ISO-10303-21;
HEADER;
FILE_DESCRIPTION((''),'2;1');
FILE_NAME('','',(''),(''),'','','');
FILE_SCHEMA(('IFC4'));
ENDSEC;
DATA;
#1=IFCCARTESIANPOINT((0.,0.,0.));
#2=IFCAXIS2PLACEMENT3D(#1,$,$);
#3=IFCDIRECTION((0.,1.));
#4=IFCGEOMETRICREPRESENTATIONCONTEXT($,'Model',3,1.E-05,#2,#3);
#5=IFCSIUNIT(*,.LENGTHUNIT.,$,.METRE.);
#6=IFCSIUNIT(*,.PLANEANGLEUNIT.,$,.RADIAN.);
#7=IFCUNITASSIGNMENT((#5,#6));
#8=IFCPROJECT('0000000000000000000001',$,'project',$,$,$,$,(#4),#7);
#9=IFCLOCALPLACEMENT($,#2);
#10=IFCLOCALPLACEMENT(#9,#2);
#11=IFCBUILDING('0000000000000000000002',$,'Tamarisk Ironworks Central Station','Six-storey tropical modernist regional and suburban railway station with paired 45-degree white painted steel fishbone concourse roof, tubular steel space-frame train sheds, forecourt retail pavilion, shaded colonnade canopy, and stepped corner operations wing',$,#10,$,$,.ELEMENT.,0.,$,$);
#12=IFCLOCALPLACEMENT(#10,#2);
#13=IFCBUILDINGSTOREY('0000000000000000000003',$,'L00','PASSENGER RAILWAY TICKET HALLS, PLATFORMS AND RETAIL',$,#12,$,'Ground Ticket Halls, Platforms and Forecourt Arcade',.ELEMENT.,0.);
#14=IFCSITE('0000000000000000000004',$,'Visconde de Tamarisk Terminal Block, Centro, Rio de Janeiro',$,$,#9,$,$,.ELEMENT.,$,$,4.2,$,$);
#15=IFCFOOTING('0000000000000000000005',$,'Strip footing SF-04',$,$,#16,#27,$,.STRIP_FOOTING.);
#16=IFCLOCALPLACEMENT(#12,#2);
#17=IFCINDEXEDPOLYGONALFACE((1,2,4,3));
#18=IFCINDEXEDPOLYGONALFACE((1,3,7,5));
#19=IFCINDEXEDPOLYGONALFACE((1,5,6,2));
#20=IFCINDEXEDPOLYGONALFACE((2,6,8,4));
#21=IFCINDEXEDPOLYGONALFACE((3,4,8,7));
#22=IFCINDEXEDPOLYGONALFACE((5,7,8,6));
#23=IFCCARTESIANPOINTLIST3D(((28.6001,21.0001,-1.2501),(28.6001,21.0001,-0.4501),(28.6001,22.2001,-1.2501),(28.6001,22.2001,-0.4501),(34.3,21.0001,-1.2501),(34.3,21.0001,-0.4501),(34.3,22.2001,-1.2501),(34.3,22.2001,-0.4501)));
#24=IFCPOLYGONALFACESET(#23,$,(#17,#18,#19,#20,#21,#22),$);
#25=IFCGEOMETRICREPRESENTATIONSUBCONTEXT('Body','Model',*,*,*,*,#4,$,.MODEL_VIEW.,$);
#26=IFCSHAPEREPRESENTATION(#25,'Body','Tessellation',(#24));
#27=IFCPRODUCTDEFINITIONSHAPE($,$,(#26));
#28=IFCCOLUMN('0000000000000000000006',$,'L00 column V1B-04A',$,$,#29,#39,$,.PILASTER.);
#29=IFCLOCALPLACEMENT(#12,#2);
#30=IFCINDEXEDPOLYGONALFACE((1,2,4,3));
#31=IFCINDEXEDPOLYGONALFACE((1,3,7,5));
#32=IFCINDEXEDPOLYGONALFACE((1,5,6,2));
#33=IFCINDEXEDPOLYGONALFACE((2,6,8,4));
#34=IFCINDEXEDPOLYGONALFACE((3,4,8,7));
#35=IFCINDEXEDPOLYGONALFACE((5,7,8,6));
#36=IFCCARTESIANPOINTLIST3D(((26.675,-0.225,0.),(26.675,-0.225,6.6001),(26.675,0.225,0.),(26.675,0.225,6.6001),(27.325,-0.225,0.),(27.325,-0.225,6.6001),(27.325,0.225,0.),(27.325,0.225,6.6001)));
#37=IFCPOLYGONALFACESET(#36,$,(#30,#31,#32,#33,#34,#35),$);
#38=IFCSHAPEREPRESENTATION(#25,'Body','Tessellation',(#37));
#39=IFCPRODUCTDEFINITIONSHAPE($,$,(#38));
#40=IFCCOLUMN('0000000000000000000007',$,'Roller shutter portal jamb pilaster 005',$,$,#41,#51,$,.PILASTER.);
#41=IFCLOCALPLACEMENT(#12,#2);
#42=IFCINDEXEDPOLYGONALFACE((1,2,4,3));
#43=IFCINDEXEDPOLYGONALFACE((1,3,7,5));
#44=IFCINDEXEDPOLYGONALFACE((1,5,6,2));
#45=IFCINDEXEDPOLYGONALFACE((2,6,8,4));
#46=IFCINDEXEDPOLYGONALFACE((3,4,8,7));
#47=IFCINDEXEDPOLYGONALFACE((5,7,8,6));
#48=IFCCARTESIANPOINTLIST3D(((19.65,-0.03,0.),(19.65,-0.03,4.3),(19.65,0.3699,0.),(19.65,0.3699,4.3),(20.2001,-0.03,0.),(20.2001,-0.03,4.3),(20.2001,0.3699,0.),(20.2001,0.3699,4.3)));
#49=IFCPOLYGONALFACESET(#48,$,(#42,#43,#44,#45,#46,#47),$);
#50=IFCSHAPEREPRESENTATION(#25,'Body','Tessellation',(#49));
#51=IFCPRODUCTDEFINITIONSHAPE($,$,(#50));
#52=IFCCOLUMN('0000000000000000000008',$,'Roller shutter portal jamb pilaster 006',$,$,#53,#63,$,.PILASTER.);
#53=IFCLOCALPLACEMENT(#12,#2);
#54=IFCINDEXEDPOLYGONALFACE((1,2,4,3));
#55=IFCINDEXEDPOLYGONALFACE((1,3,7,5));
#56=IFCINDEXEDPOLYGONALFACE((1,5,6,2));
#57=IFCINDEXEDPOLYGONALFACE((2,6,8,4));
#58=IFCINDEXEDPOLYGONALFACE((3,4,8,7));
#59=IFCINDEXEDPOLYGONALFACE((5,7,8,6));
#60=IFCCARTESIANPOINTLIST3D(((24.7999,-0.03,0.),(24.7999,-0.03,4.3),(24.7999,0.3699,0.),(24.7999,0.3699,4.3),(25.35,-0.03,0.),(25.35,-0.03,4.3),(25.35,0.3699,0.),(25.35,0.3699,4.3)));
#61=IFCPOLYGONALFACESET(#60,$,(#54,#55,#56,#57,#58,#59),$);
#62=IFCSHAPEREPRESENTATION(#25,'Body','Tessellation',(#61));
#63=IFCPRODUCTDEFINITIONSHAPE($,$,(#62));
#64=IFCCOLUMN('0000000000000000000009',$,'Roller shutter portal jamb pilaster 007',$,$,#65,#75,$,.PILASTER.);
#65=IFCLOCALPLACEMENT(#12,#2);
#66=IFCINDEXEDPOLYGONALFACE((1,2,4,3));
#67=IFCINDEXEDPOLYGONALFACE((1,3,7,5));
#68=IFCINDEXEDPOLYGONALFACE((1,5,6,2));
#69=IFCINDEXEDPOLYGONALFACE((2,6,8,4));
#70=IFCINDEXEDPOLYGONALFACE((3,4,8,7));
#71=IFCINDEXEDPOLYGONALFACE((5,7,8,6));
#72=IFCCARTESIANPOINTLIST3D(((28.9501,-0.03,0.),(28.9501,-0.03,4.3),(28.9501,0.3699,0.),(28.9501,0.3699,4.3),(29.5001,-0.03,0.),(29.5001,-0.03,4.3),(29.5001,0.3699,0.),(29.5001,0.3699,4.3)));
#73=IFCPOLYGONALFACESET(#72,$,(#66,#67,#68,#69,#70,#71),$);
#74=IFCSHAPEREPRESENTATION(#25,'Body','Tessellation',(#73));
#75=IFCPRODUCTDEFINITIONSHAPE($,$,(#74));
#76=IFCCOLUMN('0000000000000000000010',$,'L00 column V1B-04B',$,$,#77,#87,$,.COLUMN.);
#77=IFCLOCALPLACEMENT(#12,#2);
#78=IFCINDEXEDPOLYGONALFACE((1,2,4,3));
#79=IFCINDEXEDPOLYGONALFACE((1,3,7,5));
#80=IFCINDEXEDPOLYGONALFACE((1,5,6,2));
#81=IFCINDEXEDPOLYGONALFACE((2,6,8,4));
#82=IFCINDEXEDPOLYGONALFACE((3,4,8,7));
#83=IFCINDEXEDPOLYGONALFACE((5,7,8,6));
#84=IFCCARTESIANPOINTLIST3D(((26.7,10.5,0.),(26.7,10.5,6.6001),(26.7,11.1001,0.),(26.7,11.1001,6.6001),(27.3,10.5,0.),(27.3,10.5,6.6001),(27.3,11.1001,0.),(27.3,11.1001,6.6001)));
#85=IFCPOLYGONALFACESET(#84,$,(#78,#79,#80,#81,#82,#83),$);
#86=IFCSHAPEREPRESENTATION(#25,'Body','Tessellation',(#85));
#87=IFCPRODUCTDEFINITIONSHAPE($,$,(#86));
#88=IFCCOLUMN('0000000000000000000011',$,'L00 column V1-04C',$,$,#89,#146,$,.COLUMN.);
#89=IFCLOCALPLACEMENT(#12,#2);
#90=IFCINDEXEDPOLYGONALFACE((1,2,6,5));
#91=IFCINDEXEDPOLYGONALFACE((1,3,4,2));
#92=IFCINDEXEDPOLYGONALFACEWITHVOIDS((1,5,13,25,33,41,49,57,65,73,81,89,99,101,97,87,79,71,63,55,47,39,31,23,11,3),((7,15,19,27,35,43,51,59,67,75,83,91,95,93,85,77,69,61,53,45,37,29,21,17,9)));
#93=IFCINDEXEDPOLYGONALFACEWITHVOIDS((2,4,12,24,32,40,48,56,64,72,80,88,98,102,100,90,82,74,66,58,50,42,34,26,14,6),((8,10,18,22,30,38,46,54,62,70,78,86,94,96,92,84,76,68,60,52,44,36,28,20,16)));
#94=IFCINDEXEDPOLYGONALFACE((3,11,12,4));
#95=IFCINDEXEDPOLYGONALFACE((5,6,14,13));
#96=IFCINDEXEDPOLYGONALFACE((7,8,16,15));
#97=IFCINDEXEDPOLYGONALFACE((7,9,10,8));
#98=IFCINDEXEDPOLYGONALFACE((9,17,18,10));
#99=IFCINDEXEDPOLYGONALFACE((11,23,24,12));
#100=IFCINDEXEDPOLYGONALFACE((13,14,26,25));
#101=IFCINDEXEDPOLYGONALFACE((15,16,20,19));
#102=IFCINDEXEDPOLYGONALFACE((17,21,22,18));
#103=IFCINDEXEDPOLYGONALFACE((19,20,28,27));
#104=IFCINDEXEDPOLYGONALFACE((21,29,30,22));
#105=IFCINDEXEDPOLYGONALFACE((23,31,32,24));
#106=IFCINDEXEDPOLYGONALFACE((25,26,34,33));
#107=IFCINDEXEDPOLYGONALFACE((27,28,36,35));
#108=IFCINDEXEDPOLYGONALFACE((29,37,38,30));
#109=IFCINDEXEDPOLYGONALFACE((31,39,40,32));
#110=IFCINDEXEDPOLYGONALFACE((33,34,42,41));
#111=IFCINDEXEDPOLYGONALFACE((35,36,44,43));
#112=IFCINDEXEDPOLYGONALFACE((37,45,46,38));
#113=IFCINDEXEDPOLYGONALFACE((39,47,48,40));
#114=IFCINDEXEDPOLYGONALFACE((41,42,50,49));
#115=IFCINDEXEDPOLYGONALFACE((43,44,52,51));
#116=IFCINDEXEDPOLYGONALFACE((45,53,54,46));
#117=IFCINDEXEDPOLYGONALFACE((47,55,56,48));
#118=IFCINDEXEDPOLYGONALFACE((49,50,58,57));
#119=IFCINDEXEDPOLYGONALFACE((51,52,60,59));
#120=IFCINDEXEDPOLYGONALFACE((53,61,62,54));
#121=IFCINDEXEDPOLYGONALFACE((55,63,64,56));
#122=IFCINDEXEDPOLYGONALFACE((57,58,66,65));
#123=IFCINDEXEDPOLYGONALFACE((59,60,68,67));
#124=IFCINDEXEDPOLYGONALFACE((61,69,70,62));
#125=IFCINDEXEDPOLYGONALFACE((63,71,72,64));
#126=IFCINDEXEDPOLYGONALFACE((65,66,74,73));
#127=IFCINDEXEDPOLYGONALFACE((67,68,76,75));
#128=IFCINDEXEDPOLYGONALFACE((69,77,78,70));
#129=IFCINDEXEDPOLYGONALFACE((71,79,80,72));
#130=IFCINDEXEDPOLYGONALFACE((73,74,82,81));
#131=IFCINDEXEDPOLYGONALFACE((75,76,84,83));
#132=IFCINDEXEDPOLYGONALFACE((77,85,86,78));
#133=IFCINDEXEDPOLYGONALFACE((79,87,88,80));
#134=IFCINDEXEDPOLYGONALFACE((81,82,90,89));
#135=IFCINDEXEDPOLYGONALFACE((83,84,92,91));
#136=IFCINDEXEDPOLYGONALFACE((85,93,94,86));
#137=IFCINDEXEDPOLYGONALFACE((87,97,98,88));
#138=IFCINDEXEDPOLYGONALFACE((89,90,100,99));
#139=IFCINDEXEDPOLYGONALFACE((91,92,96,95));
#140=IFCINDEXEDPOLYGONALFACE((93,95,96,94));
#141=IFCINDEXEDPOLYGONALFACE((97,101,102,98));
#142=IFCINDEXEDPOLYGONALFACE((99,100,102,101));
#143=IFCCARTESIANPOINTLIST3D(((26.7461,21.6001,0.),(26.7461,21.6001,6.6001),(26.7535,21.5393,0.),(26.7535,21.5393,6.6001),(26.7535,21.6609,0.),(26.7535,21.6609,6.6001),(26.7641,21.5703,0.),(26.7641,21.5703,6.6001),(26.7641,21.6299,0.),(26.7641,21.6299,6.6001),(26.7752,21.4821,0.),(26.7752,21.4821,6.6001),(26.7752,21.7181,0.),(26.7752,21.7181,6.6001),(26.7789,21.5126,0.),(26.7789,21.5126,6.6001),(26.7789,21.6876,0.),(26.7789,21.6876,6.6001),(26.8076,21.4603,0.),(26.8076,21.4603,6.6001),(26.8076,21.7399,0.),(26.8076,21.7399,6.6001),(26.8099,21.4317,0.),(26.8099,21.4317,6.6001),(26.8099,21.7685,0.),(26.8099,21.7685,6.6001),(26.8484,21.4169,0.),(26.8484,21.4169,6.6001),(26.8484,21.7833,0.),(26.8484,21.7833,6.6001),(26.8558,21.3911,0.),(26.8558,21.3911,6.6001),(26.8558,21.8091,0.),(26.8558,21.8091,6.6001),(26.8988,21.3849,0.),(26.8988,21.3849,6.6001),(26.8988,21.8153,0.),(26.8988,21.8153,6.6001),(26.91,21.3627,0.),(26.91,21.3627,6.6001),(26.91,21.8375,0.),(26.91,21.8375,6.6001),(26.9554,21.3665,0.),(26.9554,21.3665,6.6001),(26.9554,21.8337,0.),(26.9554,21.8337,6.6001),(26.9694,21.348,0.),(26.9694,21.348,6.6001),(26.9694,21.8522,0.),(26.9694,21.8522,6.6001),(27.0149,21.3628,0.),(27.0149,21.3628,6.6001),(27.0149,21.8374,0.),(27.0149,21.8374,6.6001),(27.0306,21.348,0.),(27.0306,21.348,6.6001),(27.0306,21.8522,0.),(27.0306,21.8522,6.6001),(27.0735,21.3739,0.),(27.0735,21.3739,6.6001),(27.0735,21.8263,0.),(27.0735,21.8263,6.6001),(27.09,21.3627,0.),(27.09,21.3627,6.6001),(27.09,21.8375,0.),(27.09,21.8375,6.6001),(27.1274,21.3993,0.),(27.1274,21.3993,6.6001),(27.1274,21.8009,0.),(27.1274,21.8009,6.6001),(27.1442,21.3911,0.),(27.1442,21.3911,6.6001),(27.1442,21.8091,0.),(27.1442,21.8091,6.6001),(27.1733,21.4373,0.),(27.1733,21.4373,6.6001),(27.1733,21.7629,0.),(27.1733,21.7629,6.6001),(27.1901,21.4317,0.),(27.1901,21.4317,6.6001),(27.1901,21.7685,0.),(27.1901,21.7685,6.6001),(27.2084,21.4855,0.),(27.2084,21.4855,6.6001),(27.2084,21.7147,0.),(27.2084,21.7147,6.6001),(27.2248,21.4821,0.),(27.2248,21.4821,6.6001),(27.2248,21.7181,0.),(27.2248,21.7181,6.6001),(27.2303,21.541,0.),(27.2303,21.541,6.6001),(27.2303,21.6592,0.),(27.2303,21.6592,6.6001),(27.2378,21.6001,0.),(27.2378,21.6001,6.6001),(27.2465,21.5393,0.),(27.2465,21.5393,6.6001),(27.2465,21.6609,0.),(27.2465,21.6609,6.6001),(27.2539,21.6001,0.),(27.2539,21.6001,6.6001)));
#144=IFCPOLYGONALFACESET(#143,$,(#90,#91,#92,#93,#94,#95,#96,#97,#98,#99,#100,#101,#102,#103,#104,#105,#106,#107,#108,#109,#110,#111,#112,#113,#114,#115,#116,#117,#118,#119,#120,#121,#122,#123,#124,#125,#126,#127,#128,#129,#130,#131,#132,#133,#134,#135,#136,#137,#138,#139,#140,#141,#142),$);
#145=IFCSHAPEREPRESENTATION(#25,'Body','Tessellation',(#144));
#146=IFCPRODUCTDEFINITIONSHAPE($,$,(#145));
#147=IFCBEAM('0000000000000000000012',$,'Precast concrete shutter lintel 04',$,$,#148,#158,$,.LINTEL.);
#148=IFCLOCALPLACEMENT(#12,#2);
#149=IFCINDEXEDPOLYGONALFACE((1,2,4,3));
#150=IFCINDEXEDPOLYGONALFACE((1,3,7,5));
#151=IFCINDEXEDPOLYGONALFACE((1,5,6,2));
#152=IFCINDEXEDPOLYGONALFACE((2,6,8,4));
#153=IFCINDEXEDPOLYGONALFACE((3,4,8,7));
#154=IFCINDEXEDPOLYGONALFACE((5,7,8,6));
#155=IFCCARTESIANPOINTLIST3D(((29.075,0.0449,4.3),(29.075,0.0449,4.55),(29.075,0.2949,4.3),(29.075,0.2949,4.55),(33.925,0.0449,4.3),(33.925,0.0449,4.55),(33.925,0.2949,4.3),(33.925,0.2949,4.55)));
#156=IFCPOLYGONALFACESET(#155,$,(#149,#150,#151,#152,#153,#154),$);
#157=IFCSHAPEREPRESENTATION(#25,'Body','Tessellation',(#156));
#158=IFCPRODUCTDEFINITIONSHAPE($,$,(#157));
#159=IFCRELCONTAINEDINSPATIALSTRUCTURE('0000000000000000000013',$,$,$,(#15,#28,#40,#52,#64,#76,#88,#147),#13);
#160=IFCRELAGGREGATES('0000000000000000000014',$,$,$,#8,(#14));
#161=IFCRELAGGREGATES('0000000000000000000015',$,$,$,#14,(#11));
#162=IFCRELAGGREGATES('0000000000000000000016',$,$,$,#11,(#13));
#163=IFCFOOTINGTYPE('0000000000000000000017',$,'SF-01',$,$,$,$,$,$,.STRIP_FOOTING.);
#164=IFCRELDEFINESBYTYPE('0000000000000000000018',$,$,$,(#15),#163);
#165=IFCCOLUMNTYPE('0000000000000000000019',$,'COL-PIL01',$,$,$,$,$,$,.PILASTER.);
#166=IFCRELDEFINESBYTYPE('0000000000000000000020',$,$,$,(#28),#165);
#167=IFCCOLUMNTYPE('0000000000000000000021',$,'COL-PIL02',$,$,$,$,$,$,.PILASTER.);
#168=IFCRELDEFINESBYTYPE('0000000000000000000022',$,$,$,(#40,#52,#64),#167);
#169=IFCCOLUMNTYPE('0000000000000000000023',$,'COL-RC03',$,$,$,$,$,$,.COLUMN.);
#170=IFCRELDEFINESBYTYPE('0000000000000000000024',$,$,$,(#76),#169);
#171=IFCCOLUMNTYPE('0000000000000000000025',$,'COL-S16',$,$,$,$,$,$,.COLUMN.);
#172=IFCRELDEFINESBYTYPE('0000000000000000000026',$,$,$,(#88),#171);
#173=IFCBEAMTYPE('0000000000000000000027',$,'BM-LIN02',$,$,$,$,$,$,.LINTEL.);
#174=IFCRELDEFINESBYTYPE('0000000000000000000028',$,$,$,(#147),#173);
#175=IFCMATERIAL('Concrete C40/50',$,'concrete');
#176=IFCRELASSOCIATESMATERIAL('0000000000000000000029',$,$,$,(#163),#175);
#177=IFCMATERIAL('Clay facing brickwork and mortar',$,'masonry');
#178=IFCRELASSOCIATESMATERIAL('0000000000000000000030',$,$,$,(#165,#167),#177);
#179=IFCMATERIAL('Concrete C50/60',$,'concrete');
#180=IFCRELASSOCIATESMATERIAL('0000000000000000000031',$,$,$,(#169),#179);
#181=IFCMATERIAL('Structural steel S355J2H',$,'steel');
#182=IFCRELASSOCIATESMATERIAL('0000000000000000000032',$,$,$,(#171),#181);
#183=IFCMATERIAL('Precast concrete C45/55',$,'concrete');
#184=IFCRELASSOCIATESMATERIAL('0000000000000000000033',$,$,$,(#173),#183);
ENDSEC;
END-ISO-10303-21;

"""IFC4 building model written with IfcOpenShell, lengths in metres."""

from ifc_helpers import new_model, si_unit, direction, frame, origin, origin_2d, place, context, subcontext, project, spatial, rectangle, hollow_circle, extrude, material, material_profile, profile_set, type_object, element, save


model = new_model("IFC4")

# Units and contexts
model_context = context("Model", 3, precision=1e-05, world=origin(), true_north=direction((0.0, 1.0)))
body_context = subcontext(model_context, "Body", "Model", "MODEL_VIEW")
ifc_project = project(units=[si_unit("LENGTHUNIT", "METRE"), si_unit("PLANEANGLEUNIT", "RADIAN")], contexts=[model_context])

# Site, building, storey
site_placement = place(None, origin())
site = spatial("IfcSite", under=ifc_project, at=site_placement, Name="Visconde de Tamarisk Terminal Block, Centro, Rio de Janeiro", CompositionType="ELEMENT", RefElevation=4.2)
building_placement = place(site_placement, origin())
building = spatial("IfcBuilding", under=site, at=building_placement, Name="Tamarisk Ironworks Central Station", Description="Six-storey tropical modernist regional and suburban railway station with paired 45-degree white painted steel fishbone concourse roof, tubular steel space-frame train sheds, forecourt retail pavilion, shaded colonnade canopy, and stepped corner operations wing", CompositionType="ELEMENT", ElevationOfRefHeight=0.0)
storey_placement = place(building_placement, origin())
storey = spatial("IfcBuildingStorey", under=building, at=storey_placement, Name="L00", Description="PASSENGER RAILWAY TICKET HALLS, PLATFORMS AND RETAIL", LongName="Ground Ticket Halls, Platforms and Forecourt Arcade", CompositionType="ELEMENT", Elevation=0.0)

# Shared definitions
ifc_material_1 = material(Name="Concrete C40/50", Category="concrete")

# Footing
ifc_material_profile_1 = material_profile(ifc_material_1, rectangle(XDim=1.2, YDim=0.8, at=origin_2d()), Name="SF01 1200x800")
ifc_profile_set_1 = profile_set([ifc_material_profile_1], Name="Concrete C40/50")
footing_type_1 = type_object("IfcFootingType", Name="SF-01", PredefinedType="STRIP_FOOTING", material=ifc_profile_set_1)
footing_1_placement = place(storey_placement, frame((28.6001, 21.6001, -0.8501), z_axis=(1.0, 0.0, 0.0), x_axis=(0.0, 1.0, 0.0)))
element("IfcFooting", 1, at=footing_1_placement, inside=storey, type_object=footing_type_1, Name="Strip footing SF-04", PredefinedType="STRIP_FOOTING", context=body_context, shape_type="SweptSolid", body=[
    extrude(rectangle(XDim=1.2, YDim=0.8, at=origin_2d()), origin(), (0.0, 0.0, 1.0), 5.7),
])

# Columns
ifc_material_2 = material(Name="Clay facing brickwork and mortar", Category="masonry")
ifc_material_profile_2 = material_profile(ifc_material_2, rectangle(XDim=0.6499, YDim=0.45, at=origin_2d()), Name="PIL 650x450")
ifc_profile_set_2 = profile_set([ifc_material_profile_2], Name="Clay facing brickwork and mortar")
column_type_1 = type_object("IfcColumnType", Name="COL-PIL01", PredefinedType="PILASTER", material=ifc_profile_set_2)
column_1_placement = place(storey_placement, frame((27.0, 0.0, 0.0), z_axis=(0.0, 0.0, 1.0), x_axis=(1.0, 0.0, 0.0)))
element("IfcColumn", 2, at=column_1_placement, inside=storey, type_object=column_type_1, Name="L00 column V1B-04A", PredefinedType="PILASTER", context=body_context, shape_type="SweptSolid", body=[
    extrude(rectangle(XDim=0.6499, YDim=0.45, at=origin_2d()), origin(), (0.0, 0.0, 1.0), 6.6001),
])
ifc_material_profile_3 = material_profile(ifc_material_2, rectangle(XDim=0.55, YDim=0.3999, at=origin_2d()), Name="PIL 550x400")
ifc_profile_set_3 = profile_set([ifc_material_profile_3], Name="Clay facing brickwork and mortar")
column_type_2 = type_object("IfcColumnType", Name="COL-PIL02", PredefinedType="PILASTER", material=ifc_profile_set_3)
for number, where, z_axis, x_axis, name in (
    (3, (19.925, 0.1699, 0.0), (0.0, 0.0, 1.0), (1.0, 0.0, 0.0), "Roller shutter portal jamb pilaster 005"),
    (4, (25.075, 0.1699, 0.0), (0.0, 0.0, 1.0), (1.0, 0.0, 0.0), "Roller shutter portal jamb pilaster 006"),
    (5, (29.2251, 0.1699, 0.0), (0.0, 0.0, 1.0), (1.0, 0.0, 0.0), "Roller shutter portal jamb pilaster 007"),
):
    element("IfcColumn", number, at=place(storey_placement, frame(where, z_axis=z_axis, x_axis=x_axis)), inside=storey, type_object=column_type_2, Name=name, PredefinedType="PILASTER", context=body_context, shape_type="SweptSolid", body=[
        extrude(rectangle(XDim=0.55, YDim=0.3999, at=origin_2d()), origin(), (0.0, 0.0, 1.0), 4.3),
    ])
ifc_material_3 = material(Name="Concrete C50/60", Category="concrete")
ifc_material_profile_4 = material_profile(ifc_material_3, rectangle(XDim=0.6001, YDim=0.6001, at=origin_2d()), Name="RC 600x600")
ifc_profile_set_4 = profile_set([ifc_material_profile_4], Name="Concrete C50/60")
column_type_3 = type_object("IfcColumnType", Name="COL-RC03", PredefinedType="COLUMN", material=ifc_profile_set_4)
column_2_placement = place(storey_placement, frame((27.0, 10.8, 0.0), z_axis=(0.0, 0.0, 1.0), x_axis=(1.0, 0.0, 0.0)))
element("IfcColumn", 6, at=column_2_placement, inside=storey, type_object=column_type_3, Name="L00 column V1B-04B", PredefinedType="COLUMN", context=body_context, shape_type="SweptSolid", body=[
    extrude(rectangle(XDim=0.6001, YDim=0.6001, at=origin_2d()), origin(), (0.0, 0.0, 1.0), 6.6001),
])
ifc_material_4 = material(Name="Structural steel S355J2H", Category="steel")
ifc_material_profile_5 = material_profile(ifc_material_4, hollow_circle(Radius=0.2539, WallThickness=0.0161, at=origin_2d()), Name="CHS 508x16")
ifc_profile_set_5 = profile_set([ifc_material_profile_5], Name="Structural steel S355J2H")
column_type_4 = type_object("IfcColumnType", Name="COL-S16", PredefinedType="COLUMN", material=ifc_profile_set_5)
column_3_placement = place(storey_placement, frame((27.0, 21.6001, 0.0), z_axis=(0.0, 0.0, 1.0), x_axis=(1.0, 0.0, 0.0)))
element("IfcColumn", 7, at=column_3_placement, inside=storey, type_object=column_type_4, Name="L00 column V1-04C", PredefinedType="COLUMN", context=body_context, shape_type="SweptSolid", body=[
    extrude(hollow_circle(Radius=0.2539, WallThickness=0.0161, at=origin_2d()), origin(), (0.0, 0.0, 1.0), 6.6001),
])

# Beam
ifc_material_5 = material(Name="Precast concrete C45/55", Category="concrete")
ifc_material_profile_6 = material_profile(ifc_material_5, rectangle(XDim=0.25, YDim=0.25, at=origin_2d()), Name="PC LINTEL 250x250")
ifc_profile_set_6 = profile_set([ifc_material_profile_6], Name="Precast concrete C45/55")
beam_type = type_object("IfcBeamType", Name="BM-LIN02", PredefinedType="LINTEL", material=ifc_profile_set_6)
beam_placement = place(storey_placement, frame((29.075, 0.1699, 4.425), z_axis=(1.0, 0.0, 0.0), x_axis=(0.0, 1.0, 0.0)))
element("IfcBeam", 8, at=beam_placement, inside=storey, type_object=beam_type, Name="Precast concrete shutter lintel 04", PredefinedType="LINTEL", context=body_context, shape_type="SweptSolid", body=[
    extrude(rectangle(XDim=0.25, YDim=0.25, at=origin_2d()), origin(), (0.0, 0.0, 1.0), 4.8501),
])

save(model, "model.ifc")
